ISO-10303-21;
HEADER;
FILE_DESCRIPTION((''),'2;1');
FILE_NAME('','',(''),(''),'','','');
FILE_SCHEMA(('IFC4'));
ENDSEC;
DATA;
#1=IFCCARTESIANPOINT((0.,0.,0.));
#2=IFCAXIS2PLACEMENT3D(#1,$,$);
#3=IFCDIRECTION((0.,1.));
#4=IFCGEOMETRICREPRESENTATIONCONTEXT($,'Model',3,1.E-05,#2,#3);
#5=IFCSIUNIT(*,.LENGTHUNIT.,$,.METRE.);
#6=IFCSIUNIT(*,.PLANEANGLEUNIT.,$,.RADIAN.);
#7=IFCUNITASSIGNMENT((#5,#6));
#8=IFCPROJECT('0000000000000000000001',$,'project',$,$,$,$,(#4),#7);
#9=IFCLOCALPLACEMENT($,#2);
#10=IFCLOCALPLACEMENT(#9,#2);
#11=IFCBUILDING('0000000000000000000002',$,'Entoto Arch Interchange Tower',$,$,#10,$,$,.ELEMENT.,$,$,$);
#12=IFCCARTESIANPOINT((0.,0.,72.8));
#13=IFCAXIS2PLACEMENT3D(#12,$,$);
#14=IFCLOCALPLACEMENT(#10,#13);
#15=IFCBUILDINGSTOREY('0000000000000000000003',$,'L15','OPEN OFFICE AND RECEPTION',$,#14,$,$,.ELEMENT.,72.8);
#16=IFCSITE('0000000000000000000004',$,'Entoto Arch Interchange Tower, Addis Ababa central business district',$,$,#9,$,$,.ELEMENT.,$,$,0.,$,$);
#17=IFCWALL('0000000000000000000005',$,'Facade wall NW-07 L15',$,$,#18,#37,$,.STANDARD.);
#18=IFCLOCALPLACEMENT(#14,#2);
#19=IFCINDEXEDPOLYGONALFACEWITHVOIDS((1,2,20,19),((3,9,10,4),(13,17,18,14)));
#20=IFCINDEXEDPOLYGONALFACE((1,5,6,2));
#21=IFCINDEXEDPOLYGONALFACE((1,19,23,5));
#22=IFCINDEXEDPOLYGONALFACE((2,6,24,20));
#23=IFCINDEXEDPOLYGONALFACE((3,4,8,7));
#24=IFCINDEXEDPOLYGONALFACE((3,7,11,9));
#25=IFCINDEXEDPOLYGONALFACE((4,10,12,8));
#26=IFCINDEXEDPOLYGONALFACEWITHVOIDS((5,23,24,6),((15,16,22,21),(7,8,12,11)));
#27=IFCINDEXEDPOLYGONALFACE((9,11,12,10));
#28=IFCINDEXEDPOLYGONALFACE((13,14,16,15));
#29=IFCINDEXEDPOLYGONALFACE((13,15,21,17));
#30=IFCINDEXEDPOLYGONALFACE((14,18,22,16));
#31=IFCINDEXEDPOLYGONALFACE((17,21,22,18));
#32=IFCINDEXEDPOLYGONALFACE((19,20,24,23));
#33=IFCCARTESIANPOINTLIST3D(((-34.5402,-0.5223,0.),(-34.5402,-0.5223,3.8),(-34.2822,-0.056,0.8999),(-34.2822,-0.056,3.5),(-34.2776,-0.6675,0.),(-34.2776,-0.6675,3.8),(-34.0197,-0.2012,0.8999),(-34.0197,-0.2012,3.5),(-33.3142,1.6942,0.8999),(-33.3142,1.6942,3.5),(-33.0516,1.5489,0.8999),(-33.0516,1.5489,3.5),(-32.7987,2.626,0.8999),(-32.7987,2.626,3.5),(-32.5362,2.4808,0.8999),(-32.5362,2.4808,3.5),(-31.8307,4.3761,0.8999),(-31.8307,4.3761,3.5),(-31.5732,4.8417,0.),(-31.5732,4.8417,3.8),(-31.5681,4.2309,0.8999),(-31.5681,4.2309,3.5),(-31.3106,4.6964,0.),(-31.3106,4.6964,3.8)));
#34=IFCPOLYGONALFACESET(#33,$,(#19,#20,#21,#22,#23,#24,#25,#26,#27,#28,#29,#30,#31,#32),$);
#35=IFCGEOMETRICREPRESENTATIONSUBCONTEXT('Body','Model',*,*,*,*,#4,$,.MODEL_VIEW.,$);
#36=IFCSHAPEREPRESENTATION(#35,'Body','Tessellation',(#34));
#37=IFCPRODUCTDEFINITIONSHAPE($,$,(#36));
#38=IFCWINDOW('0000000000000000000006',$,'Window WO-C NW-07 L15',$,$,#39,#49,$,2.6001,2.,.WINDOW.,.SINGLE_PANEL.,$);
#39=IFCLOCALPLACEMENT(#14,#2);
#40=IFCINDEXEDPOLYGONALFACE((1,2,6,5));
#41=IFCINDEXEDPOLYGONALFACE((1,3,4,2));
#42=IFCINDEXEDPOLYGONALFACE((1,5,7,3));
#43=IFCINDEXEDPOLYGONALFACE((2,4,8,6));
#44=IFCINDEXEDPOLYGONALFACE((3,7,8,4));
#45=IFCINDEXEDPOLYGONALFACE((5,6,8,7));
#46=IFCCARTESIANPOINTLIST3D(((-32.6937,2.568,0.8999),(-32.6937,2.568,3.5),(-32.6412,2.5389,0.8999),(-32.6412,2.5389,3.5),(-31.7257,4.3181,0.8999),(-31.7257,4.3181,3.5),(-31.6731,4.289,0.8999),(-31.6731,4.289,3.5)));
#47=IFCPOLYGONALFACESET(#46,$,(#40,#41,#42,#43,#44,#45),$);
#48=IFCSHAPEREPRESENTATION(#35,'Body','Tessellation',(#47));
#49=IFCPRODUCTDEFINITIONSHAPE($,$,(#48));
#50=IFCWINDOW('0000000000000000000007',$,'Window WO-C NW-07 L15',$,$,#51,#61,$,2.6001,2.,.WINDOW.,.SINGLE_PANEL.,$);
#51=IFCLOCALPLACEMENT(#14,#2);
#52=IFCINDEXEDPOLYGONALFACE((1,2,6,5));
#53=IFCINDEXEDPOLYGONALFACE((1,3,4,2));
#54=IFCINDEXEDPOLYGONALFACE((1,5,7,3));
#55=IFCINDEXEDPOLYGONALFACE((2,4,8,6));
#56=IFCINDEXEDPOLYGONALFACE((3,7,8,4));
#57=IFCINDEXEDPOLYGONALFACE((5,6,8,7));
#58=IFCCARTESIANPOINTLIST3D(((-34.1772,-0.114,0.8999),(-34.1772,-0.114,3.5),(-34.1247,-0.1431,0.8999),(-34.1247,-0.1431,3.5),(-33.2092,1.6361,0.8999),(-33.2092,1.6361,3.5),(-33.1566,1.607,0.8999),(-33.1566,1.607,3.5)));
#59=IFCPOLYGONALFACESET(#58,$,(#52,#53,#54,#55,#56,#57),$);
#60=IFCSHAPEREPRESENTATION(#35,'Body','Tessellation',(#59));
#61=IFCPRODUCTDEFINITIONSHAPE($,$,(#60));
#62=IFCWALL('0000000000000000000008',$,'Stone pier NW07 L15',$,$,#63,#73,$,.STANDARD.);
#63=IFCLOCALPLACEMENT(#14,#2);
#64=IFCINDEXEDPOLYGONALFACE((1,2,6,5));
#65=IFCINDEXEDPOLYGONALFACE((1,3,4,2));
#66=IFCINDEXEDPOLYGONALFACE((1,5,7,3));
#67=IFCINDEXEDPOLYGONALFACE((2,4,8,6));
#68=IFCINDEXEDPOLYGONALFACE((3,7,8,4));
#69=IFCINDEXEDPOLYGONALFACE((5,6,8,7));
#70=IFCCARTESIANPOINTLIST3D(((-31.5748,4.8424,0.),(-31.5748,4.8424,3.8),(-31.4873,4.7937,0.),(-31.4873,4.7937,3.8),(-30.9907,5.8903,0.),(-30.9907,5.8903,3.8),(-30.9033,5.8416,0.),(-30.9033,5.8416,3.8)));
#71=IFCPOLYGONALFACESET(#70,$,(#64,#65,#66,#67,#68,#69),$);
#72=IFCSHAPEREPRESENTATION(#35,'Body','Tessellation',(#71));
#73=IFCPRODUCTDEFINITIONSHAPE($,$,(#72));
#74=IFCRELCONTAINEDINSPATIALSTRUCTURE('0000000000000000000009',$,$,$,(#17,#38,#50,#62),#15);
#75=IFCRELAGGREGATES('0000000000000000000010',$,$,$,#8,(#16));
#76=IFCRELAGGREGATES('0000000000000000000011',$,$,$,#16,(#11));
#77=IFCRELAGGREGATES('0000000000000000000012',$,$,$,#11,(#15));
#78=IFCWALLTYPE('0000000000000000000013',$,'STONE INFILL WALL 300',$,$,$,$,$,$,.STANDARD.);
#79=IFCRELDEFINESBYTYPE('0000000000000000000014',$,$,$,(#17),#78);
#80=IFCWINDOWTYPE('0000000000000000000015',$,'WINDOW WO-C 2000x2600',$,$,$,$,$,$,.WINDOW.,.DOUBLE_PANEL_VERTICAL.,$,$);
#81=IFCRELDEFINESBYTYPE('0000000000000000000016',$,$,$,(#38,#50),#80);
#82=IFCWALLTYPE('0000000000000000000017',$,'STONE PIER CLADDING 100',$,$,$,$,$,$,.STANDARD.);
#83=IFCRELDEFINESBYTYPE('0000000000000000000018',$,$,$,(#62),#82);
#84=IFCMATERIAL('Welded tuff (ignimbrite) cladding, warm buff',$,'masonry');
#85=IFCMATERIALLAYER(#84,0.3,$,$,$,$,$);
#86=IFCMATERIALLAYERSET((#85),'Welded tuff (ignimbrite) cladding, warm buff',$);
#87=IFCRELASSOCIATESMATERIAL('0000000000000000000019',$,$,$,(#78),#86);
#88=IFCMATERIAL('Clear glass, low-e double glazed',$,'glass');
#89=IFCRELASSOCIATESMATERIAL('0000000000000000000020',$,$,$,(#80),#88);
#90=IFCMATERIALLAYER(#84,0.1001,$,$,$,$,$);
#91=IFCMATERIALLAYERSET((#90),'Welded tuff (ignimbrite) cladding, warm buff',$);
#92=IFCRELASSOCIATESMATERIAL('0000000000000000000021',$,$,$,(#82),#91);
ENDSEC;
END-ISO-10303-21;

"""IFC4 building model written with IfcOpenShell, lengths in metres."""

from ifc_helpers import new_model, si_unit, direction, frame, frame_2d, origin, place, context, subcontext, project, spatial, rectangle, extrude, material, layer, layer_set, type_object, element, fill, save


model = new_model("IFC4")

# Units and contexts
model_context = context("Model", 3, precision=1e-05, world=origin(), true_north=direction((0.0, 1.0)))
body_context = subcontext(model_context, "Body", "Model", "MODEL_VIEW")
ifc_project = project(units=[si_unit("LENGTHUNIT", "METRE"), si_unit("PLANEANGLEUNIT", "RADIAN")], contexts=[model_context])

# Site, building, storey
site_placement = place(None, origin())
site = spatial("IfcSite", under=ifc_project, at=site_placement, Name="Entoto Arch Interchange Tower, Addis Ababa central business district", CompositionType="ELEMENT", RefElevation=0.0)
building_placement = place(site_placement, origin())
building = spatial("IfcBuilding", under=site, at=building_placement, Name="Entoto Arch Interchange Tower", CompositionType="ELEMENT")
storey_placement = place(building_placement, frame((0.0, 0.0, 72.8)))
storey = spatial("IfcBuildingStorey", under=building, at=storey_placement, Name="L15", Description="OPEN OFFICE AND RECEPTION", CompositionType="ELEMENT", Elevation=72.8)

# Wall, openings, windows
ifc_material_1 = material(Name="Welded tuff (ignimbrite) cladding, warm buff", Category="masonry")
ifc_layer_1 = layer(ifc_material_1, 0.3)
ifc_layer_set_1 = layer_set([ifc_layer_1], Name="Welded tuff (ignimbrite) cladding, warm buff")
wall_type_1 = type_object("IfcWallType", Name="STONE INFILL WALL 300", PredefinedType="STANDARD", material=ifc_layer_set_1)
wall_1_placement = place(storey_placement, frame((-31.4419, 4.769, 0.0), z_axis=(0.0, 0.0, 1.0), x_axis=(-0.484026, -0.875054, 0.0)))
wall_1 = element("IfcWall", 1, at=wall_1_placement, inside=storey, type_object=wall_type_1, Name="Facade wall NW-07 L15", PredefinedType="STANDARD", context=body_context, shape_type="SweptSolid", body=[
    extrude(rectangle(XDim=6.1299, YDim=0.3, at=frame_2d((3.0649, 0.0))), origin(), (0.0, 0.0, 1.0), 3.8),
])
opening_1_placement = place(wall_1_placement, frame((0.532, 0.0, 0.8999)))
opening_1 = element("IfcOpeningElement", 2, at=opening_1_placement, cuts=wall_1, PredefinedType="OPENING", context=body_context, shape_type="SweptSolid", body=[
    extrude(rectangle(XDim=2.0, YDim=2.6001, at=frame_2d((1.0, 1.3))), frame((0.0, 0.1602, 0.0), z_axis=(0.0, -1.0, 0.0), x_axis=(1.0, 0.0, 0.0)), (0.0, 0.0, 1.0), 0.3201),
])
opening_2_placement = place(wall_1_placement, frame((3.5969, 0.0, 0.8999)))
opening_2 = element("IfcOpeningElement", 3, at=opening_2_placement, cuts=wall_1, PredefinedType="OPENING", context=body_context, shape_type="SweptSolid", body=[
    extrude(rectangle(XDim=2.0, YDim=2.6001, at=frame_2d((1.0, 1.3))), frame((0.0, 0.1602, 0.0), z_axis=(0.0, -1.0, 0.0), x_axis=(1.0, 0.0, 0.0)), (0.0, 0.0, 1.0), 0.3201),
])
ifc_material_2 = material(Name="Clear glass, low-e double glazed", Category="glass")
window_type = type_object("IfcWindowType", Name="WINDOW WO-C 2000x2600", PartitioningType="DOUBLE_PANEL_VERTICAL", PredefinedType="WINDOW", material=ifc_material_2)
window_1_placement = place(opening_1_placement, origin())
window_1 = element("IfcWindow", 4, at=window_1_placement, inside=storey, type_object=window_type, Name="Window WO-C NW-07 L15", OverallHeight=2.6001, OverallWidth=2.0, PartitioningType="SINGLE_PANEL", PredefinedType="WINDOW", context=body_context, shape_type="SweptSolid", body=[
    extrude(rectangle(XDim=2.0, YDim=2.6001, at=frame_2d((1.0, 1.3))), frame((0.0, 0.03, 0.0), z_axis=(0.0, -1.0, 0.0), x_axis=(1.0, 0.0, 0.0)), (0.0, 0.0, 1.0), 0.0601),
])
fill(opening_1, window_1)
window_2_placement = place(opening_2_placement, origin())
window_2 = element("IfcWindow", 5, at=window_2_placement, inside=storey, type_object=window_type, Name="Window WO-C NW-07 L15", OverallHeight=2.6001, OverallWidth=2.0, PartitioningType="SINGLE_PANEL", PredefinedType="WINDOW", context=body_context, shape_type="SweptSolid", body=[
    extrude(rectangle(XDim=2.0, YDim=2.6001, at=frame_2d((1.0, 1.3))), frame((0.0, 0.03, 0.0), z_axis=(0.0, -1.0, 0.0), x_axis=(1.0, 0.0, 0.0)), (0.0, 0.0, 1.0), 0.0601),
])
fill(opening_2, window_2)

# Wall
ifc_layer_2 = layer(ifc_material_1, 0.1001)
ifc_layer_set_2 = layer_set([ifc_layer_2], Name="Welded tuff (ignimbrite) cladding, warm buff")
wall_type_2 = type_object("IfcWallType", Name="STONE PIER CLADDING 100", PredefinedType="STANDARD", material=ifc_layer_set_2)
wall_2_placement = place(storey_placement, frame((-30.947, 5.866, 0.0), z_axis=(0.0, 0.0, 1.0), x_axis=(-0.486818, -0.873504, 0.0)))
element("IfcWall", 6, at=wall_2_placement, inside=storey, type_object=wall_type_2, Name="Stone pier NW07 L15", PredefinedType="STANDARD", context=body_context, shape_type="SweptSolid", body=[
    extrude(rectangle(XDim=1.1997, YDim=0.1001, at=frame_2d((0.5999, 0.0))), origin(), (0.0, 0.0, 1.0), 3.8),
])

save(model, "model.ifc")
